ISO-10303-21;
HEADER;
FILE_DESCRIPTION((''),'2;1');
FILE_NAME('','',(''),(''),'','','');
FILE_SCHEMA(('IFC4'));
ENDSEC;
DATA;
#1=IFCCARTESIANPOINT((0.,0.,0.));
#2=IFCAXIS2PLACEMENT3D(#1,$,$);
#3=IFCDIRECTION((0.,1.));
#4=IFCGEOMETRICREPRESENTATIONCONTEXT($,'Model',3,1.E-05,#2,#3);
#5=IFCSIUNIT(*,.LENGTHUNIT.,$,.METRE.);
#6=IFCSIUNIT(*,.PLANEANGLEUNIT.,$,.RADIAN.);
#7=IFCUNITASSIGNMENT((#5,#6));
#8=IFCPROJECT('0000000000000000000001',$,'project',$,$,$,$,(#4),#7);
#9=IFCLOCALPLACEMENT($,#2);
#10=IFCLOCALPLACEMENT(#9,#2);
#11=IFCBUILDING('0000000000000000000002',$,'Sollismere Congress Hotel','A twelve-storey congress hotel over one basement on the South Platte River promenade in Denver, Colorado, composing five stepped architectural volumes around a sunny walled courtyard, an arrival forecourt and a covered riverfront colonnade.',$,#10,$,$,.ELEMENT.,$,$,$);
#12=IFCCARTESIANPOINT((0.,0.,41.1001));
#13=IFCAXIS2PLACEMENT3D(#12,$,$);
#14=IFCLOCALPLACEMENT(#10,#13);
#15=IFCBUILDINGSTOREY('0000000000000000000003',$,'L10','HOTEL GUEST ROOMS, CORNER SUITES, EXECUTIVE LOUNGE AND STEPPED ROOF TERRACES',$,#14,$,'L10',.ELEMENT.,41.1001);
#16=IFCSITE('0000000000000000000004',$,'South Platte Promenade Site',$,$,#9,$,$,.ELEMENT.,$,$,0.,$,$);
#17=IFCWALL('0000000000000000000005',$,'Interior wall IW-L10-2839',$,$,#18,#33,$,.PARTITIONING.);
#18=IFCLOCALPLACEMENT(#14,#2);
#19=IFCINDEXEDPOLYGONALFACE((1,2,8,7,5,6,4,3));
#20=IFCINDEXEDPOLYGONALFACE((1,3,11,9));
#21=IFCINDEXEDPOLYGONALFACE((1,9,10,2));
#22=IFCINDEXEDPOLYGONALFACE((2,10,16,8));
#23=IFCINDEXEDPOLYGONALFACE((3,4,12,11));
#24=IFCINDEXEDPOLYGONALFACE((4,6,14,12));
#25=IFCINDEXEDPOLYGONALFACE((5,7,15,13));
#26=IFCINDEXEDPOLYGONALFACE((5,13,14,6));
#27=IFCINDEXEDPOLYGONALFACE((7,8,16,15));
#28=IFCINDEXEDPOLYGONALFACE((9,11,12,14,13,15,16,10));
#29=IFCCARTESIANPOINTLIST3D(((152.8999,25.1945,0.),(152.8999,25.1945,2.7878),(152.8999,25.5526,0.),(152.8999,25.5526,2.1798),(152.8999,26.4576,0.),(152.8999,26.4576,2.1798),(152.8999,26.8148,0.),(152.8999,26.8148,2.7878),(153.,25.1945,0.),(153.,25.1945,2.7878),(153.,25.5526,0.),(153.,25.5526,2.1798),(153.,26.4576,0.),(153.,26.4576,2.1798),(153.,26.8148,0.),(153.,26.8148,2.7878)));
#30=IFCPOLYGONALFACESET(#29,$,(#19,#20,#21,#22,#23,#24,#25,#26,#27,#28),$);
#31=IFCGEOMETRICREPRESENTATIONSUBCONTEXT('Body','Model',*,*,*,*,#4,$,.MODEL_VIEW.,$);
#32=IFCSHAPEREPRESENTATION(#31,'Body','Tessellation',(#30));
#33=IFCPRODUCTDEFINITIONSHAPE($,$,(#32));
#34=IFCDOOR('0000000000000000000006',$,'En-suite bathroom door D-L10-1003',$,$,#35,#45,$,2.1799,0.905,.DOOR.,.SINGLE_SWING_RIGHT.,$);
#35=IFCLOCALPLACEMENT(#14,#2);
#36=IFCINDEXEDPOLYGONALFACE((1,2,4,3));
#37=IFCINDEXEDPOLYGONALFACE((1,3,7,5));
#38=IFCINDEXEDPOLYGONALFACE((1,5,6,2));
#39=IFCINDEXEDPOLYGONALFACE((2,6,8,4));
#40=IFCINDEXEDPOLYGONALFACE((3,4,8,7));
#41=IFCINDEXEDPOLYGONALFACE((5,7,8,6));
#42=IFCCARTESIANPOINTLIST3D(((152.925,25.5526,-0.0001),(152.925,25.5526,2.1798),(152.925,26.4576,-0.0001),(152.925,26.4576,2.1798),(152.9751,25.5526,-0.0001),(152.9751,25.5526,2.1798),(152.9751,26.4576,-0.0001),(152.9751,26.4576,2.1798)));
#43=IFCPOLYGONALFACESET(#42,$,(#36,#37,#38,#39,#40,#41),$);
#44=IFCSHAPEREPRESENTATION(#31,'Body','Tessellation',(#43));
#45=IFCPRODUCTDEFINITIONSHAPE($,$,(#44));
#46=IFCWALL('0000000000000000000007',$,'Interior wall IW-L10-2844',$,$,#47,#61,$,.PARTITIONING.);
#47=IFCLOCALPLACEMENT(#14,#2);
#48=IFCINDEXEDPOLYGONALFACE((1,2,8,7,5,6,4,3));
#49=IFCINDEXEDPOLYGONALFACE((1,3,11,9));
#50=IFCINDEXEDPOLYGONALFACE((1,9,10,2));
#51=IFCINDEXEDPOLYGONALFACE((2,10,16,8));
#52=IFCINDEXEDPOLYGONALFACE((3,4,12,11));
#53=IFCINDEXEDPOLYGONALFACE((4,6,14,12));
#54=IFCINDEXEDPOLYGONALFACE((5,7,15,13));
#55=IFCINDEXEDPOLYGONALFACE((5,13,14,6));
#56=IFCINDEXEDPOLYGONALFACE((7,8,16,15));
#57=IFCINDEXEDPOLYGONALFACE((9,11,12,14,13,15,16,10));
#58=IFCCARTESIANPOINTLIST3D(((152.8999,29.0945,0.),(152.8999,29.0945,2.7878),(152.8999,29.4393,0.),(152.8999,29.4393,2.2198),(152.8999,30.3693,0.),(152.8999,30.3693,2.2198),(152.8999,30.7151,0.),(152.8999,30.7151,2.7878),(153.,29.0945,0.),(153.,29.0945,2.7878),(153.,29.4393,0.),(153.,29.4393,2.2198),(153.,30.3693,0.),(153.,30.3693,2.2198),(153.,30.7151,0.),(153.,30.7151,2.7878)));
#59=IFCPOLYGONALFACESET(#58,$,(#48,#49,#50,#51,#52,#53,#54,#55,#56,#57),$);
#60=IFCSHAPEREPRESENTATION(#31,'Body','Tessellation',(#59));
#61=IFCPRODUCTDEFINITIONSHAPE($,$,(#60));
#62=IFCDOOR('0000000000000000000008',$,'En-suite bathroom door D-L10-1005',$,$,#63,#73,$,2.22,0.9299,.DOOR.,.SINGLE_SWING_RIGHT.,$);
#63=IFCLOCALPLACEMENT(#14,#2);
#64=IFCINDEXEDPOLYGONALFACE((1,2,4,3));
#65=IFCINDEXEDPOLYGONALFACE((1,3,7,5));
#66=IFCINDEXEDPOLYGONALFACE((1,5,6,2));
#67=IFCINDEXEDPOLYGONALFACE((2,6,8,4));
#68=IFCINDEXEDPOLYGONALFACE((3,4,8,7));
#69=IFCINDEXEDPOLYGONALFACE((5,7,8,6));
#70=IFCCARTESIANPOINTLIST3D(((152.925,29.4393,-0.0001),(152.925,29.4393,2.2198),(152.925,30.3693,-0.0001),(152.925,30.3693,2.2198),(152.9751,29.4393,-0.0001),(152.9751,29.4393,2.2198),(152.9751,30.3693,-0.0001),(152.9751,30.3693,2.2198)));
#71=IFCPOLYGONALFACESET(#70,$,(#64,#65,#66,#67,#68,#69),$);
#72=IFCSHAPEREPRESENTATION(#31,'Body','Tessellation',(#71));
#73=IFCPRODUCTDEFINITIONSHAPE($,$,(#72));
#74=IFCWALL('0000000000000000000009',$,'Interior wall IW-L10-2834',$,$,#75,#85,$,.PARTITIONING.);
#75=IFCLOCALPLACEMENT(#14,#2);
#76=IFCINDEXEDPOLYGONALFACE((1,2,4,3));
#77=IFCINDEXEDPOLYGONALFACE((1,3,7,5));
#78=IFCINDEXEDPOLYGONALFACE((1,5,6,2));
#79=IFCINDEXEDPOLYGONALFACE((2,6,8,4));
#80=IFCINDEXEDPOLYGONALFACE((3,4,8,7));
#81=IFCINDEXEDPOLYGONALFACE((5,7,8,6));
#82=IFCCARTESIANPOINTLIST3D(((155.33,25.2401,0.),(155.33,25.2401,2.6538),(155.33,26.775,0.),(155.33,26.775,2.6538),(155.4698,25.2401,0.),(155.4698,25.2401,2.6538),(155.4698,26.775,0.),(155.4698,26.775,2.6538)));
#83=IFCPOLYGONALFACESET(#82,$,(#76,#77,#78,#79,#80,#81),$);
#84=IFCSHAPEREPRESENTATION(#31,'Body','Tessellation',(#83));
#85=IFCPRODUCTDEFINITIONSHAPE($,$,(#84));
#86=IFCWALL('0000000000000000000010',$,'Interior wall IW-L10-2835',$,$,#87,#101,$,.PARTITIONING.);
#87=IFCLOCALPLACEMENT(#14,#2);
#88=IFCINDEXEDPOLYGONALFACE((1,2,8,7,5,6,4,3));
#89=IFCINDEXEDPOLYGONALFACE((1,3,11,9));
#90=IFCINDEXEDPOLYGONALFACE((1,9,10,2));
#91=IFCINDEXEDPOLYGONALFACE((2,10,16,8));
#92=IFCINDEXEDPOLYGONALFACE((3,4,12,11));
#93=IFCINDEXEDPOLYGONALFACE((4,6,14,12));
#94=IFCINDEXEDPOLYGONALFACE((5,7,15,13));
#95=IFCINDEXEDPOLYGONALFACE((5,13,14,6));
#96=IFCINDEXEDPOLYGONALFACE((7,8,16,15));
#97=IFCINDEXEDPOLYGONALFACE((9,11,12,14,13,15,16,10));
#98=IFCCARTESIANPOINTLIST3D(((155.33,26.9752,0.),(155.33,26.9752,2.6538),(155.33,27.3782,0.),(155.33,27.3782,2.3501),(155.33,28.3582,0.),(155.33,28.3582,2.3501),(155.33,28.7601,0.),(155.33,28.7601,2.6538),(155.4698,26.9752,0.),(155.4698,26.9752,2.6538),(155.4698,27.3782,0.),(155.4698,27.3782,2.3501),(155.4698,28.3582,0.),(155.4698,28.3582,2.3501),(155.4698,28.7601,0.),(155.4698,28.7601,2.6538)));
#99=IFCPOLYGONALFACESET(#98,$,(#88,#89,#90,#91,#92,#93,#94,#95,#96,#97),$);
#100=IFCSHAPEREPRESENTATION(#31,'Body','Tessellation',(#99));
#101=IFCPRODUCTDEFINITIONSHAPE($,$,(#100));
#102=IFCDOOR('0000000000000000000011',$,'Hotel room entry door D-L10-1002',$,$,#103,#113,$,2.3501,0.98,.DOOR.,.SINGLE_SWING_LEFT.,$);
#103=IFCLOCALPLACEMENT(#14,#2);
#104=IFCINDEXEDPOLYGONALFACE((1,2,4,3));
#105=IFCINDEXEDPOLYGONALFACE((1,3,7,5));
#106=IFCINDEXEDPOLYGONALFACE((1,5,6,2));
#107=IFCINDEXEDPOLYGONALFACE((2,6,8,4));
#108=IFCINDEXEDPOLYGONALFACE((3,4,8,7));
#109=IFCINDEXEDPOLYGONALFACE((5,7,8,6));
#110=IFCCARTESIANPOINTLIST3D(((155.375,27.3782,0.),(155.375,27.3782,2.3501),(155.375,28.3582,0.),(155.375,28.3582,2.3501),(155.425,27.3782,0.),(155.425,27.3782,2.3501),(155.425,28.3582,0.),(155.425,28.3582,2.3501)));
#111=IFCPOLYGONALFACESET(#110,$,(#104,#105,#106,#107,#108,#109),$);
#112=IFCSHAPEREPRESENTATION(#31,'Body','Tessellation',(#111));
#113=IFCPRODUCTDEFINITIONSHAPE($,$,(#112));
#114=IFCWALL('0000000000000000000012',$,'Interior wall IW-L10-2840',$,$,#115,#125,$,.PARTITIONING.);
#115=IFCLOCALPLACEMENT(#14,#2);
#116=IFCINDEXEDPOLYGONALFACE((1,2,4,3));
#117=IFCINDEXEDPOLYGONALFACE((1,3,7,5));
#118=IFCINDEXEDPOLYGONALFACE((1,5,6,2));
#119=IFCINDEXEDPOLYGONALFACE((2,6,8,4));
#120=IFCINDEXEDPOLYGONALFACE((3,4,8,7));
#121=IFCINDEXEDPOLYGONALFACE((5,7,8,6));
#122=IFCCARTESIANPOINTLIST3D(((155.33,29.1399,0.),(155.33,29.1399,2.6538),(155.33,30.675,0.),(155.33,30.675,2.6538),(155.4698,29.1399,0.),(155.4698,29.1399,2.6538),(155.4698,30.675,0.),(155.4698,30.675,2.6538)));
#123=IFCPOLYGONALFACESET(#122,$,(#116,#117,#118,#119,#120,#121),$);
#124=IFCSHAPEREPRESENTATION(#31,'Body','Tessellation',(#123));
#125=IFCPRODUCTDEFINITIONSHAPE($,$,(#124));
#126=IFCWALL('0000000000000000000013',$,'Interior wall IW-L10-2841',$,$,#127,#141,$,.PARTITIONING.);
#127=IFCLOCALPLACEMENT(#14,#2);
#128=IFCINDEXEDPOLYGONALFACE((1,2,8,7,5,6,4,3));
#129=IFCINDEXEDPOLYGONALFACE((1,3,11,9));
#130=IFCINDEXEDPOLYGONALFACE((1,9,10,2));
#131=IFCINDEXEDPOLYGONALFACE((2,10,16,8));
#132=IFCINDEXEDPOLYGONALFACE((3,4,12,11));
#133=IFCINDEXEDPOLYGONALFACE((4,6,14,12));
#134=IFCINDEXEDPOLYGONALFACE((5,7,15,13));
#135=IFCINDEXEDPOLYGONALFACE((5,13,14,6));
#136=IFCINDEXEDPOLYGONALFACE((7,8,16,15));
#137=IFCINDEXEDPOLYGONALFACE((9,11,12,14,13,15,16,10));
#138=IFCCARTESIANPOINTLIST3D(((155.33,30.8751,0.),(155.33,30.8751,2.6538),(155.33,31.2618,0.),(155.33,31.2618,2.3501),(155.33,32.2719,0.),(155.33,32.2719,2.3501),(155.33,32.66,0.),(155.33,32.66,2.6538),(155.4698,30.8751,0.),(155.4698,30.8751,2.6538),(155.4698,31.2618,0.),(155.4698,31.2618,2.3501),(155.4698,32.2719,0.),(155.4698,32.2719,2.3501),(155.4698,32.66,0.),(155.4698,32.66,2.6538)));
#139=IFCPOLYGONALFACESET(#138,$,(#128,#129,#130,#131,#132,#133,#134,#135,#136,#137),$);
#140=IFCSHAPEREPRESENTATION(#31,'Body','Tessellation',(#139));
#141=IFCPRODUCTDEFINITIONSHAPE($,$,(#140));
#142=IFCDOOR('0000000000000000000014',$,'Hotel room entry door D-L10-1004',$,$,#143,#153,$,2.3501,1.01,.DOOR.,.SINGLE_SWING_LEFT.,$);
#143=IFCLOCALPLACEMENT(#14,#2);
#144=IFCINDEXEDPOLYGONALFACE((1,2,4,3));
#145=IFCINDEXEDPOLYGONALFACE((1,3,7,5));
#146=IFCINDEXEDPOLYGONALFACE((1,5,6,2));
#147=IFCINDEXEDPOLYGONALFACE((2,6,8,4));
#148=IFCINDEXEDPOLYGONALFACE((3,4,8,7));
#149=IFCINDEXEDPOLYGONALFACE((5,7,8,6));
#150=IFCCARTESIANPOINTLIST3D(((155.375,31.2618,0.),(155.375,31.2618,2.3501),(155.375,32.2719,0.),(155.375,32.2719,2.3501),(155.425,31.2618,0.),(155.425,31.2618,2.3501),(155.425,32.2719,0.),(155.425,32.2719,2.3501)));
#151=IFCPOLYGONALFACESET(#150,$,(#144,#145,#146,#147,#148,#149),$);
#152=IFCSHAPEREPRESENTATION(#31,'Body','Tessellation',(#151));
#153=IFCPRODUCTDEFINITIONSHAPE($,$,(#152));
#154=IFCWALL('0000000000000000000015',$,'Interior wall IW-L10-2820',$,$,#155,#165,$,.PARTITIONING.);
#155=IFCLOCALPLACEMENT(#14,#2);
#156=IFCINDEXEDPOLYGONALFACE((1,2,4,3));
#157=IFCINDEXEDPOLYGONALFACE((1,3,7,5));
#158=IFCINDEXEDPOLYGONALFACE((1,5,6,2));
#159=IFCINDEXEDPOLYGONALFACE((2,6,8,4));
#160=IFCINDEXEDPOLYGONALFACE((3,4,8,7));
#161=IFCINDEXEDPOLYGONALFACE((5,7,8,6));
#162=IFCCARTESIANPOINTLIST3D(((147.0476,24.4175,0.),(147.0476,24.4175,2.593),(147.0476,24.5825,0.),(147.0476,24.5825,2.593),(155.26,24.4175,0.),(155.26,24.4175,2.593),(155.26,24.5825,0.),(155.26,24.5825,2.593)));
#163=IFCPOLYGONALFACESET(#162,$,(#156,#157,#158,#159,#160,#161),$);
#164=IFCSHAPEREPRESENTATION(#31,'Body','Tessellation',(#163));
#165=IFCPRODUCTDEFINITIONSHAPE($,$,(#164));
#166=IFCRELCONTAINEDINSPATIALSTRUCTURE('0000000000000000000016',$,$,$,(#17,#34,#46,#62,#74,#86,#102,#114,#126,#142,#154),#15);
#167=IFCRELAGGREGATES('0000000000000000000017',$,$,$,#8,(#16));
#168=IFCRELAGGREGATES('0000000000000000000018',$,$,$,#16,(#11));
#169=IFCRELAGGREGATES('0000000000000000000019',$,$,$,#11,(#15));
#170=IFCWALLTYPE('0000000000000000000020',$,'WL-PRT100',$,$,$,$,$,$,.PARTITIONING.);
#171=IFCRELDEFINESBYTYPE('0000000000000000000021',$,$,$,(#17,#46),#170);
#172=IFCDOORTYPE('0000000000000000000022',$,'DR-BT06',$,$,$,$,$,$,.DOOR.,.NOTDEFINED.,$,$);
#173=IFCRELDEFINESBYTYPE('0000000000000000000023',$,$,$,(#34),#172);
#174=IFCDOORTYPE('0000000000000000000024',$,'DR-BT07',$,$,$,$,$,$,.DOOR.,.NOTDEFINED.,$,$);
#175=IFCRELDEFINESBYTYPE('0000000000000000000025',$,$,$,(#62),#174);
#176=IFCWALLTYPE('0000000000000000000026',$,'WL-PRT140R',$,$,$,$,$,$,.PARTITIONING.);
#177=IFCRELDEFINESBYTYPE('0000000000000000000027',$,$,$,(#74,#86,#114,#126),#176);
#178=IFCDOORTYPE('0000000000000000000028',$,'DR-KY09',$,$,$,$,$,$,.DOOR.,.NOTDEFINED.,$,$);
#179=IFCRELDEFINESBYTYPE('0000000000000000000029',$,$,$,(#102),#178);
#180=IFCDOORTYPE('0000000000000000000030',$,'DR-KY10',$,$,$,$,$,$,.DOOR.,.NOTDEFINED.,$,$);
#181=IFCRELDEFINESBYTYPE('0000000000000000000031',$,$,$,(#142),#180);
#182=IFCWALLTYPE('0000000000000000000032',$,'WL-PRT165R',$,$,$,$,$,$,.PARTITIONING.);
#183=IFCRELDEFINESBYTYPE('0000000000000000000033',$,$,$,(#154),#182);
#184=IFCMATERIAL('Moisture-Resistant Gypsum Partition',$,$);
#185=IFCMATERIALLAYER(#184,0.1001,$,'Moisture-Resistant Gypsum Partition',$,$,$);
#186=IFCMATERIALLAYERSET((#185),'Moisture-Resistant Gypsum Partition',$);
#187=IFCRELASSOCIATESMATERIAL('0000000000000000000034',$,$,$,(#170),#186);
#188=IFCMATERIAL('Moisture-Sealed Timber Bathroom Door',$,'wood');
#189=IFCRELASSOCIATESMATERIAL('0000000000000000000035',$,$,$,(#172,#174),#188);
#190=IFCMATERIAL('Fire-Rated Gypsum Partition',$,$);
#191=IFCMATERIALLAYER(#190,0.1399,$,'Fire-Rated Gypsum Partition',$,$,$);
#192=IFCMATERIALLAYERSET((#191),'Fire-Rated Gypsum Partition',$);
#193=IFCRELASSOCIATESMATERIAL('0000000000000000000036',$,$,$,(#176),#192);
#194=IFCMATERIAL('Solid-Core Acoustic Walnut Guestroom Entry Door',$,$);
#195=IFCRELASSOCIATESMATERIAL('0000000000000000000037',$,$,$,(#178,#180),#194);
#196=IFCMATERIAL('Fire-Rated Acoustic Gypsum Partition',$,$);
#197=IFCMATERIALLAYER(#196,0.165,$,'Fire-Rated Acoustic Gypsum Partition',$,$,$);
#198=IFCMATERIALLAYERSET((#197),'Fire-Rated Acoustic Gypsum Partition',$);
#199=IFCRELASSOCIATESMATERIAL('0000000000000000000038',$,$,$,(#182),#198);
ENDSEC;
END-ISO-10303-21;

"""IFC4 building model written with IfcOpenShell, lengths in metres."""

from ifc_helpers import new_model, si_unit, direction, frame, frame_2d, origin, place, context, subcontext, project, spatial, rectangle, extrude, material, layer, layer_set, type_object, element, fill, save


model = new_model("IFC4")

# Units and contexts
model_context = context("Model", 3, precision=1e-05, world=origin(), true_north=direction((0.0, 1.0)))
body_context = subcontext(model_context, "Body", "Model", "MODEL_VIEW")
ifc_project = project(units=[si_unit("LENGTHUNIT", "METRE"), si_unit("PLANEANGLEUNIT", "RADIAN")], contexts=[model_context])

# Site, building, storey
site_placement = place(None, origin())
site = spatial("IfcSite", under=ifc_project, at=site_placement, Name="South Platte Promenade Site", CompositionType="ELEMENT", RefElevation=0.0)
building_placement = place(site_placement, origin())
building = spatial("IfcBuilding", under=site, at=building_placement, Name="Sollismere Congress Hotel", Description="A twelve-storey congress hotel over one basement on the South Platte River promenade in Denver, Colorado, composing five stepped architectural volumes around a sunny walled courtyard, an arrival forecourt and a covered riverfront colonnade.", CompositionType="ELEMENT")
storey_placement = place(building_placement, frame((0.0, 0.0, 41.1001)))
storey = spatial("IfcBuildingStorey", under=building, at=storey_placement, Name="L10", Description="HOTEL GUEST ROOMS, CORNER SUITES, EXECUTIVE LOUNGE AND STEPPED ROOF TERRACES", LongName="L10", CompositionType="ELEMENT", Elevation=41.1001)

# Walls, openings, doors
ifc_material_1 = material(Name="Moisture-Resistant Gypsum Partition")
ifc_layer_1 = layer(ifc_material_1, 0.1001, Name="Moisture-Resistant Gypsum Partition")
ifc_layer_set_1 = layer_set([ifc_layer_1], Name="Moisture-Resistant Gypsum Partition")
wall_type_1 = type_object("IfcWallType", Name="WL-PRT100", PredefinedType="PARTITIONING", material=ifc_layer_set_1)
wall_1_placement = place(storey_placement, frame((152.95, 25.1946, 0.0), z_axis=(0.0, 0.0, 1.0), x_axis=(0.0, 1.0, 0.0)))
wall_1 = element("IfcWall", 1, at=wall_1_placement, inside=storey, type_object=wall_type_1, Name="Interior wall IW-L10-2839", PredefinedType="PARTITIONING", context=body_context, shape_type="SweptSolid", body=[
    extrude(rectangle(XDim=1.6204, YDim=0.1001, at=frame_2d((0.8101, 0.0))), origin(), (0.0, 0.0, 1.0), 2.7878),
])
opening_1_placement = place(wall_1_placement, frame((0.3579, 0.0, 0.0)))
opening_1 = element("IfcOpeningElement", 2, at=opening_1_placement, cuts=wall_1, PredefinedType="OPENING", context=body_context, shape_type="SweptSolid", body=[
    extrude(rectangle(XDim=0.905, YDim=2.1799, at=frame_2d((0.4526, 1.0898))), frame((0.0, 0.0601, 0.0), z_axis=(0.0, -1.0, 0.0), x_axis=(1.0, 0.0, 0.0)), (0.0, 0.0, 1.0), 0.1201),
])
ifc_material_2 = material(Name="Moisture-Sealed Timber Bathroom Door", Category="wood")
door_type_1 = type_object("IfcDoorType", Name="DR-BT06", OperationType="NOTDEFINED", PredefinedType="DOOR", material=ifc_material_2)
door_1_placement = place(opening_1_placement, origin())
door_1 = element("IfcDoor", 3, at=door_1_placement, inside=storey, type_object=door_type_1, Name="En-suite bathroom door D-L10-1003", OperationType="SINGLE_SWING_RIGHT", OverallHeight=2.1799, OverallWidth=0.905, PredefinedType="DOOR", context=body_context, shape_type="SweptSolid", body=[
    extrude(rectangle(XDim=0.905, YDim=2.1799, at=frame_2d((0.4526, 1.0898))), frame((0.0, 0.0249, 0.0), z_axis=(0.0, -1.0, 0.0), x_axis=(1.0, 0.0, 0.0)), (0.0, 0.0, 1.0), 0.05),
])
fill(opening_1, door_1)
wall_2_placement = place(storey_placement, frame((152.95, 29.0945, 0.0), z_axis=(0.0, 0.0, 1.0), x_axis=(0.0, 1.0, 0.0)))
wall_2 = element("IfcWall", 4, at=wall_2_placement, inside=storey, type_object=wall_type_1, Name="Interior wall IW-L10-2844", PredefinedType="PARTITIONING", context=body_context, shape_type="SweptSolid", body=[
    extrude(rectangle(XDim=1.6206, YDim=0.1001, at=frame_2d((0.8103, 0.0))), origin(), (0.0, 0.0, 1.0), 2.7878),
])
opening_2_placement = place(wall_2_placement, frame((0.345, 0.0, 0.0)))
opening_2 = element("IfcOpeningElement", 5, at=opening_2_placement, cuts=wall_2, PredefinedType="OPENING", context=body_context, shape_type="SweptSolid", body=[
    extrude(rectangle(XDim=0.9299, YDim=2.22, at=frame_2d((0.4648, 1.1099))), frame((0.0, 0.0601, 0.0), z_axis=(0.0, -1.0, 0.0), x_axis=(1.0, 0.0, 0.0)), (0.0, 0.0, 1.0), 0.1201),
])
door_type_2 = type_object("IfcDoorType", Name="DR-BT07", OperationType="NOTDEFINED", PredefinedType="DOOR", material=ifc_material_2)
door_2_placement = place(opening_2_placement, origin())
door_2 = element("IfcDoor", 6, at=door_2_placement, inside=storey, type_object=door_type_2, Name="En-suite bathroom door D-L10-1005", OperationType="SINGLE_SWING_RIGHT", OverallHeight=2.22, OverallWidth=0.9299, PredefinedType="DOOR", context=body_context, shape_type="SweptSolid", body=[
    extrude(rectangle(XDim=0.9299, YDim=2.22, at=frame_2d((0.4648, 1.1099))), frame((0.0, 0.0249, 0.0), z_axis=(0.0, -1.0, 0.0), x_axis=(1.0, 0.0, 0.0)), (0.0, 0.0, 1.0), 0.05),
])
fill(opening_2, door_2)

# Wall
ifc_material_3 = material(Name="Fire-Rated Gypsum Partition")
ifc_layer_2 = layer(ifc_material_3, 0.1399, Name="Fire-Rated Gypsum Partition")
ifc_layer_set_2 = layer_set([ifc_layer_2], Name="Fire-Rated Gypsum Partition")
wall_type_2 = type_object("IfcWallType", Name="WL-PRT140R", PredefinedType="PARTITIONING", material=ifc_layer_set_2)
wall_3_placement = place(storey_placement, frame((155.3999, 25.24, 0.0), z_axis=(0.0, 0.0, 1.0), x_axis=(0.0, 1.0, 0.0)))
element("IfcWall", 7, at=wall_3_placement, inside=storey, type_object=wall_type_2, Name="Interior wall IW-L10-2834", PredefinedType="PARTITIONING", context=body_context, shape_type="SweptSolid", body=[
    extrude(rectangle(XDim=1.5349, YDim=0.1399, at=frame_2d((0.7676, 0.0))), origin(), (0.0, 0.0, 1.0), 2.6538),
])

# Wall, opening, door
wall_4_placement = place(storey_placement, frame((155.3999, 26.9751, 0.0), z_axis=(0.0, 0.0, 1.0), x_axis=(0.0, 1.0, 0.0)))
wall_4 = element("IfcWall", 8, at=wall_4_placement, inside=storey, type_object=wall_type_2, Name="Interior wall IW-L10-2835", PredefinedType="PARTITIONING", context=body_context, shape_type="SweptSolid", body=[
    extrude(rectangle(XDim=1.7849, YDim=0.1399, at=frame_2d((0.8926, 0.0))), origin(), (0.0, 0.0, 1.0), 2.6538),
])
opening_3_placement = place(wall_4_placement, frame((0.4031, 0.0, 0.0)))
opening_3 = element("IfcOpeningElement", 9, at=opening_3_placement, cuts=wall_4, PredefinedType="OPENING", context=body_context, shape_type="SweptSolid", body=[
    extrude(rectangle(XDim=0.98, YDim=2.3501, at=frame_2d((0.49, 1.175))), frame((0.0, 0.0798, 0.0), z_axis=(0.0, -1.0, 0.0), x_axis=(1.0, 0.0, 0.0)), (0.0, 0.0, 1.0), 0.1599),
])
ifc_material_4 = material(Name="Solid-Core Acoustic Walnut Guestroom Entry Door")
door_type_3 = type_object("IfcDoorType", Name="DR-KY09", OperationType="NOTDEFINED", PredefinedType="DOOR", material=ifc_material_4)
door_3_placement = place(opening_3_placement, origin())
door_3 = element("IfcDoor", 10, at=door_3_placement, inside=storey, type_object=door_type_3, Name="Hotel room entry door D-L10-1002", OperationType="SINGLE_SWING_LEFT", OverallHeight=2.3501, OverallWidth=0.98, PredefinedType="DOOR", context=body_context, shape_type="SweptSolid", body=[
    extrude(rectangle(XDim=0.98, YDim=2.3501, at=frame_2d((0.49, 1.175))), frame((0.0, 0.0249, 0.0), z_axis=(0.0, -1.0, 0.0), x_axis=(1.0, 0.0, 0.0)), (0.0, 0.0, 1.0), 0.05),
])
fill(opening_3, door_3)

# Wall
wall_5_placement = place(storey_placement, frame((155.3999, 29.1399, 0.0), z_axis=(0.0, 0.0, 1.0), x_axis=(0.0, 1.0, 0.0)))
element("IfcWall", 11, at=wall_5_placement, inside=storey, type_object=wall_type_2, Name="Interior wall IW-L10-2840", PredefinedType="PARTITIONING", context=body_context, shape_type="SweptSolid", body=[
    extrude(rectangle(XDim=1.5352, YDim=0.1399, at=frame_2d((0.7676, 0.0))), origin(), (0.0, 0.0, 1.0), 2.6538),
])

# Wall, opening, door
wall_6_placement = place(storey_placement, frame((155.3999, 30.875, 0.0), z_axis=(0.0, 0.0, 1.0), x_axis=(0.0, 1.0, 0.0)))
wall_6 = element("IfcWall", 12, at=wall_6_placement, inside=storey, type_object=wall_type_2, Name="Interior wall IW-L10-2841", PredefinedType="PARTITIONING", context=body_context, shape_type="SweptSolid", body=[
    extrude(rectangle(XDim=1.7849, YDim=0.1399, at=frame_2d((0.8926, 0.0))), origin(), (0.0, 0.0, 1.0), 2.6538),
])
opening_4_placement = place(wall_6_placement, frame((0.387, 0.0, 0.0)))
opening_4 = element("IfcOpeningElement", 13, at=opening_4_placement, cuts=wall_6, PredefinedType="OPENING", context=body_context, shape_type="SweptSolid", body=[
    extrude(rectangle(XDim=1.01, YDim=2.3501, at=frame_2d((0.5049, 1.175))), frame((0.0, 0.0798, 0.0), z_axis=(0.0, -1.0, 0.0), x_axis=(1.0, 0.0, 0.0)), (0.0, 0.0, 1.0), 0.1599),
])
door_type_4 = type_object("IfcDoorType", Name="DR-KY10", OperationType="NOTDEFINED", PredefinedType="DOOR", material=ifc_material_4)
door_4_placement = place(opening_4_placement, origin())
door_4 = element("IfcDoor", 14, at=door_4_placement, inside=storey, type_object=door_type_4, Name="Hotel room entry door D-L10-1004", OperationType="SINGLE_SWING_LEFT", OverallHeight=2.3501, OverallWidth=1.01, PredefinedType="DOOR", context=body_context, shape_type="SweptSolid", body=[
    extrude(rectangle(XDim=1.01, YDim=2.3501, at=frame_2d((0.5049, 1.175))), frame((0.0, 0.0249, 0.0), z_axis=(0.0, -1.0, 0.0), x_axis=(1.0, 0.0, 0.0)), (0.0, 0.0, 1.0), 0.05),
])
fill(opening_4, door_4)

# Wall
ifc_material_5 = material(Name="Fire-Rated Acoustic Gypsum Partition")
ifc_layer_3 = layer(ifc_material_5, 0.165, Name="Fire-Rated Acoustic Gypsum Partition")
ifc_layer_set_3 = layer_set([ifc_layer_3], Name="Fire-Rated Acoustic Gypsum Partition")
wall_type_3 = type_object("IfcWallType", Name="WL-PRT165R", PredefinedType="PARTITIONING", material=ifc_layer_set_3)
for number, where, z_axis, x_axis, name in (
    (15, (147.0476, 24.5, 0.0), (0.0, 0.0, 1.0), (1.0, 0.0, 0.0), "Interior wall IW-L10-2820"),
):
    element("IfcWall", number, at=place(storey_placement, frame(where, z_axis=z_axis, x_axis=x_axis)), inside=storey, type_object=wall_type_3, Name=name, PredefinedType="PARTITIONING", context=body_context, shape_type="SweptSolid", body=[
        extrude(rectangle(XDim=8.2124, YDim=0.165, at=frame_2d((4.1062, 0.0))), origin(), (0.0, 0.0, 1.0), 2.593),
    ])

save(model, "model.ifc")
